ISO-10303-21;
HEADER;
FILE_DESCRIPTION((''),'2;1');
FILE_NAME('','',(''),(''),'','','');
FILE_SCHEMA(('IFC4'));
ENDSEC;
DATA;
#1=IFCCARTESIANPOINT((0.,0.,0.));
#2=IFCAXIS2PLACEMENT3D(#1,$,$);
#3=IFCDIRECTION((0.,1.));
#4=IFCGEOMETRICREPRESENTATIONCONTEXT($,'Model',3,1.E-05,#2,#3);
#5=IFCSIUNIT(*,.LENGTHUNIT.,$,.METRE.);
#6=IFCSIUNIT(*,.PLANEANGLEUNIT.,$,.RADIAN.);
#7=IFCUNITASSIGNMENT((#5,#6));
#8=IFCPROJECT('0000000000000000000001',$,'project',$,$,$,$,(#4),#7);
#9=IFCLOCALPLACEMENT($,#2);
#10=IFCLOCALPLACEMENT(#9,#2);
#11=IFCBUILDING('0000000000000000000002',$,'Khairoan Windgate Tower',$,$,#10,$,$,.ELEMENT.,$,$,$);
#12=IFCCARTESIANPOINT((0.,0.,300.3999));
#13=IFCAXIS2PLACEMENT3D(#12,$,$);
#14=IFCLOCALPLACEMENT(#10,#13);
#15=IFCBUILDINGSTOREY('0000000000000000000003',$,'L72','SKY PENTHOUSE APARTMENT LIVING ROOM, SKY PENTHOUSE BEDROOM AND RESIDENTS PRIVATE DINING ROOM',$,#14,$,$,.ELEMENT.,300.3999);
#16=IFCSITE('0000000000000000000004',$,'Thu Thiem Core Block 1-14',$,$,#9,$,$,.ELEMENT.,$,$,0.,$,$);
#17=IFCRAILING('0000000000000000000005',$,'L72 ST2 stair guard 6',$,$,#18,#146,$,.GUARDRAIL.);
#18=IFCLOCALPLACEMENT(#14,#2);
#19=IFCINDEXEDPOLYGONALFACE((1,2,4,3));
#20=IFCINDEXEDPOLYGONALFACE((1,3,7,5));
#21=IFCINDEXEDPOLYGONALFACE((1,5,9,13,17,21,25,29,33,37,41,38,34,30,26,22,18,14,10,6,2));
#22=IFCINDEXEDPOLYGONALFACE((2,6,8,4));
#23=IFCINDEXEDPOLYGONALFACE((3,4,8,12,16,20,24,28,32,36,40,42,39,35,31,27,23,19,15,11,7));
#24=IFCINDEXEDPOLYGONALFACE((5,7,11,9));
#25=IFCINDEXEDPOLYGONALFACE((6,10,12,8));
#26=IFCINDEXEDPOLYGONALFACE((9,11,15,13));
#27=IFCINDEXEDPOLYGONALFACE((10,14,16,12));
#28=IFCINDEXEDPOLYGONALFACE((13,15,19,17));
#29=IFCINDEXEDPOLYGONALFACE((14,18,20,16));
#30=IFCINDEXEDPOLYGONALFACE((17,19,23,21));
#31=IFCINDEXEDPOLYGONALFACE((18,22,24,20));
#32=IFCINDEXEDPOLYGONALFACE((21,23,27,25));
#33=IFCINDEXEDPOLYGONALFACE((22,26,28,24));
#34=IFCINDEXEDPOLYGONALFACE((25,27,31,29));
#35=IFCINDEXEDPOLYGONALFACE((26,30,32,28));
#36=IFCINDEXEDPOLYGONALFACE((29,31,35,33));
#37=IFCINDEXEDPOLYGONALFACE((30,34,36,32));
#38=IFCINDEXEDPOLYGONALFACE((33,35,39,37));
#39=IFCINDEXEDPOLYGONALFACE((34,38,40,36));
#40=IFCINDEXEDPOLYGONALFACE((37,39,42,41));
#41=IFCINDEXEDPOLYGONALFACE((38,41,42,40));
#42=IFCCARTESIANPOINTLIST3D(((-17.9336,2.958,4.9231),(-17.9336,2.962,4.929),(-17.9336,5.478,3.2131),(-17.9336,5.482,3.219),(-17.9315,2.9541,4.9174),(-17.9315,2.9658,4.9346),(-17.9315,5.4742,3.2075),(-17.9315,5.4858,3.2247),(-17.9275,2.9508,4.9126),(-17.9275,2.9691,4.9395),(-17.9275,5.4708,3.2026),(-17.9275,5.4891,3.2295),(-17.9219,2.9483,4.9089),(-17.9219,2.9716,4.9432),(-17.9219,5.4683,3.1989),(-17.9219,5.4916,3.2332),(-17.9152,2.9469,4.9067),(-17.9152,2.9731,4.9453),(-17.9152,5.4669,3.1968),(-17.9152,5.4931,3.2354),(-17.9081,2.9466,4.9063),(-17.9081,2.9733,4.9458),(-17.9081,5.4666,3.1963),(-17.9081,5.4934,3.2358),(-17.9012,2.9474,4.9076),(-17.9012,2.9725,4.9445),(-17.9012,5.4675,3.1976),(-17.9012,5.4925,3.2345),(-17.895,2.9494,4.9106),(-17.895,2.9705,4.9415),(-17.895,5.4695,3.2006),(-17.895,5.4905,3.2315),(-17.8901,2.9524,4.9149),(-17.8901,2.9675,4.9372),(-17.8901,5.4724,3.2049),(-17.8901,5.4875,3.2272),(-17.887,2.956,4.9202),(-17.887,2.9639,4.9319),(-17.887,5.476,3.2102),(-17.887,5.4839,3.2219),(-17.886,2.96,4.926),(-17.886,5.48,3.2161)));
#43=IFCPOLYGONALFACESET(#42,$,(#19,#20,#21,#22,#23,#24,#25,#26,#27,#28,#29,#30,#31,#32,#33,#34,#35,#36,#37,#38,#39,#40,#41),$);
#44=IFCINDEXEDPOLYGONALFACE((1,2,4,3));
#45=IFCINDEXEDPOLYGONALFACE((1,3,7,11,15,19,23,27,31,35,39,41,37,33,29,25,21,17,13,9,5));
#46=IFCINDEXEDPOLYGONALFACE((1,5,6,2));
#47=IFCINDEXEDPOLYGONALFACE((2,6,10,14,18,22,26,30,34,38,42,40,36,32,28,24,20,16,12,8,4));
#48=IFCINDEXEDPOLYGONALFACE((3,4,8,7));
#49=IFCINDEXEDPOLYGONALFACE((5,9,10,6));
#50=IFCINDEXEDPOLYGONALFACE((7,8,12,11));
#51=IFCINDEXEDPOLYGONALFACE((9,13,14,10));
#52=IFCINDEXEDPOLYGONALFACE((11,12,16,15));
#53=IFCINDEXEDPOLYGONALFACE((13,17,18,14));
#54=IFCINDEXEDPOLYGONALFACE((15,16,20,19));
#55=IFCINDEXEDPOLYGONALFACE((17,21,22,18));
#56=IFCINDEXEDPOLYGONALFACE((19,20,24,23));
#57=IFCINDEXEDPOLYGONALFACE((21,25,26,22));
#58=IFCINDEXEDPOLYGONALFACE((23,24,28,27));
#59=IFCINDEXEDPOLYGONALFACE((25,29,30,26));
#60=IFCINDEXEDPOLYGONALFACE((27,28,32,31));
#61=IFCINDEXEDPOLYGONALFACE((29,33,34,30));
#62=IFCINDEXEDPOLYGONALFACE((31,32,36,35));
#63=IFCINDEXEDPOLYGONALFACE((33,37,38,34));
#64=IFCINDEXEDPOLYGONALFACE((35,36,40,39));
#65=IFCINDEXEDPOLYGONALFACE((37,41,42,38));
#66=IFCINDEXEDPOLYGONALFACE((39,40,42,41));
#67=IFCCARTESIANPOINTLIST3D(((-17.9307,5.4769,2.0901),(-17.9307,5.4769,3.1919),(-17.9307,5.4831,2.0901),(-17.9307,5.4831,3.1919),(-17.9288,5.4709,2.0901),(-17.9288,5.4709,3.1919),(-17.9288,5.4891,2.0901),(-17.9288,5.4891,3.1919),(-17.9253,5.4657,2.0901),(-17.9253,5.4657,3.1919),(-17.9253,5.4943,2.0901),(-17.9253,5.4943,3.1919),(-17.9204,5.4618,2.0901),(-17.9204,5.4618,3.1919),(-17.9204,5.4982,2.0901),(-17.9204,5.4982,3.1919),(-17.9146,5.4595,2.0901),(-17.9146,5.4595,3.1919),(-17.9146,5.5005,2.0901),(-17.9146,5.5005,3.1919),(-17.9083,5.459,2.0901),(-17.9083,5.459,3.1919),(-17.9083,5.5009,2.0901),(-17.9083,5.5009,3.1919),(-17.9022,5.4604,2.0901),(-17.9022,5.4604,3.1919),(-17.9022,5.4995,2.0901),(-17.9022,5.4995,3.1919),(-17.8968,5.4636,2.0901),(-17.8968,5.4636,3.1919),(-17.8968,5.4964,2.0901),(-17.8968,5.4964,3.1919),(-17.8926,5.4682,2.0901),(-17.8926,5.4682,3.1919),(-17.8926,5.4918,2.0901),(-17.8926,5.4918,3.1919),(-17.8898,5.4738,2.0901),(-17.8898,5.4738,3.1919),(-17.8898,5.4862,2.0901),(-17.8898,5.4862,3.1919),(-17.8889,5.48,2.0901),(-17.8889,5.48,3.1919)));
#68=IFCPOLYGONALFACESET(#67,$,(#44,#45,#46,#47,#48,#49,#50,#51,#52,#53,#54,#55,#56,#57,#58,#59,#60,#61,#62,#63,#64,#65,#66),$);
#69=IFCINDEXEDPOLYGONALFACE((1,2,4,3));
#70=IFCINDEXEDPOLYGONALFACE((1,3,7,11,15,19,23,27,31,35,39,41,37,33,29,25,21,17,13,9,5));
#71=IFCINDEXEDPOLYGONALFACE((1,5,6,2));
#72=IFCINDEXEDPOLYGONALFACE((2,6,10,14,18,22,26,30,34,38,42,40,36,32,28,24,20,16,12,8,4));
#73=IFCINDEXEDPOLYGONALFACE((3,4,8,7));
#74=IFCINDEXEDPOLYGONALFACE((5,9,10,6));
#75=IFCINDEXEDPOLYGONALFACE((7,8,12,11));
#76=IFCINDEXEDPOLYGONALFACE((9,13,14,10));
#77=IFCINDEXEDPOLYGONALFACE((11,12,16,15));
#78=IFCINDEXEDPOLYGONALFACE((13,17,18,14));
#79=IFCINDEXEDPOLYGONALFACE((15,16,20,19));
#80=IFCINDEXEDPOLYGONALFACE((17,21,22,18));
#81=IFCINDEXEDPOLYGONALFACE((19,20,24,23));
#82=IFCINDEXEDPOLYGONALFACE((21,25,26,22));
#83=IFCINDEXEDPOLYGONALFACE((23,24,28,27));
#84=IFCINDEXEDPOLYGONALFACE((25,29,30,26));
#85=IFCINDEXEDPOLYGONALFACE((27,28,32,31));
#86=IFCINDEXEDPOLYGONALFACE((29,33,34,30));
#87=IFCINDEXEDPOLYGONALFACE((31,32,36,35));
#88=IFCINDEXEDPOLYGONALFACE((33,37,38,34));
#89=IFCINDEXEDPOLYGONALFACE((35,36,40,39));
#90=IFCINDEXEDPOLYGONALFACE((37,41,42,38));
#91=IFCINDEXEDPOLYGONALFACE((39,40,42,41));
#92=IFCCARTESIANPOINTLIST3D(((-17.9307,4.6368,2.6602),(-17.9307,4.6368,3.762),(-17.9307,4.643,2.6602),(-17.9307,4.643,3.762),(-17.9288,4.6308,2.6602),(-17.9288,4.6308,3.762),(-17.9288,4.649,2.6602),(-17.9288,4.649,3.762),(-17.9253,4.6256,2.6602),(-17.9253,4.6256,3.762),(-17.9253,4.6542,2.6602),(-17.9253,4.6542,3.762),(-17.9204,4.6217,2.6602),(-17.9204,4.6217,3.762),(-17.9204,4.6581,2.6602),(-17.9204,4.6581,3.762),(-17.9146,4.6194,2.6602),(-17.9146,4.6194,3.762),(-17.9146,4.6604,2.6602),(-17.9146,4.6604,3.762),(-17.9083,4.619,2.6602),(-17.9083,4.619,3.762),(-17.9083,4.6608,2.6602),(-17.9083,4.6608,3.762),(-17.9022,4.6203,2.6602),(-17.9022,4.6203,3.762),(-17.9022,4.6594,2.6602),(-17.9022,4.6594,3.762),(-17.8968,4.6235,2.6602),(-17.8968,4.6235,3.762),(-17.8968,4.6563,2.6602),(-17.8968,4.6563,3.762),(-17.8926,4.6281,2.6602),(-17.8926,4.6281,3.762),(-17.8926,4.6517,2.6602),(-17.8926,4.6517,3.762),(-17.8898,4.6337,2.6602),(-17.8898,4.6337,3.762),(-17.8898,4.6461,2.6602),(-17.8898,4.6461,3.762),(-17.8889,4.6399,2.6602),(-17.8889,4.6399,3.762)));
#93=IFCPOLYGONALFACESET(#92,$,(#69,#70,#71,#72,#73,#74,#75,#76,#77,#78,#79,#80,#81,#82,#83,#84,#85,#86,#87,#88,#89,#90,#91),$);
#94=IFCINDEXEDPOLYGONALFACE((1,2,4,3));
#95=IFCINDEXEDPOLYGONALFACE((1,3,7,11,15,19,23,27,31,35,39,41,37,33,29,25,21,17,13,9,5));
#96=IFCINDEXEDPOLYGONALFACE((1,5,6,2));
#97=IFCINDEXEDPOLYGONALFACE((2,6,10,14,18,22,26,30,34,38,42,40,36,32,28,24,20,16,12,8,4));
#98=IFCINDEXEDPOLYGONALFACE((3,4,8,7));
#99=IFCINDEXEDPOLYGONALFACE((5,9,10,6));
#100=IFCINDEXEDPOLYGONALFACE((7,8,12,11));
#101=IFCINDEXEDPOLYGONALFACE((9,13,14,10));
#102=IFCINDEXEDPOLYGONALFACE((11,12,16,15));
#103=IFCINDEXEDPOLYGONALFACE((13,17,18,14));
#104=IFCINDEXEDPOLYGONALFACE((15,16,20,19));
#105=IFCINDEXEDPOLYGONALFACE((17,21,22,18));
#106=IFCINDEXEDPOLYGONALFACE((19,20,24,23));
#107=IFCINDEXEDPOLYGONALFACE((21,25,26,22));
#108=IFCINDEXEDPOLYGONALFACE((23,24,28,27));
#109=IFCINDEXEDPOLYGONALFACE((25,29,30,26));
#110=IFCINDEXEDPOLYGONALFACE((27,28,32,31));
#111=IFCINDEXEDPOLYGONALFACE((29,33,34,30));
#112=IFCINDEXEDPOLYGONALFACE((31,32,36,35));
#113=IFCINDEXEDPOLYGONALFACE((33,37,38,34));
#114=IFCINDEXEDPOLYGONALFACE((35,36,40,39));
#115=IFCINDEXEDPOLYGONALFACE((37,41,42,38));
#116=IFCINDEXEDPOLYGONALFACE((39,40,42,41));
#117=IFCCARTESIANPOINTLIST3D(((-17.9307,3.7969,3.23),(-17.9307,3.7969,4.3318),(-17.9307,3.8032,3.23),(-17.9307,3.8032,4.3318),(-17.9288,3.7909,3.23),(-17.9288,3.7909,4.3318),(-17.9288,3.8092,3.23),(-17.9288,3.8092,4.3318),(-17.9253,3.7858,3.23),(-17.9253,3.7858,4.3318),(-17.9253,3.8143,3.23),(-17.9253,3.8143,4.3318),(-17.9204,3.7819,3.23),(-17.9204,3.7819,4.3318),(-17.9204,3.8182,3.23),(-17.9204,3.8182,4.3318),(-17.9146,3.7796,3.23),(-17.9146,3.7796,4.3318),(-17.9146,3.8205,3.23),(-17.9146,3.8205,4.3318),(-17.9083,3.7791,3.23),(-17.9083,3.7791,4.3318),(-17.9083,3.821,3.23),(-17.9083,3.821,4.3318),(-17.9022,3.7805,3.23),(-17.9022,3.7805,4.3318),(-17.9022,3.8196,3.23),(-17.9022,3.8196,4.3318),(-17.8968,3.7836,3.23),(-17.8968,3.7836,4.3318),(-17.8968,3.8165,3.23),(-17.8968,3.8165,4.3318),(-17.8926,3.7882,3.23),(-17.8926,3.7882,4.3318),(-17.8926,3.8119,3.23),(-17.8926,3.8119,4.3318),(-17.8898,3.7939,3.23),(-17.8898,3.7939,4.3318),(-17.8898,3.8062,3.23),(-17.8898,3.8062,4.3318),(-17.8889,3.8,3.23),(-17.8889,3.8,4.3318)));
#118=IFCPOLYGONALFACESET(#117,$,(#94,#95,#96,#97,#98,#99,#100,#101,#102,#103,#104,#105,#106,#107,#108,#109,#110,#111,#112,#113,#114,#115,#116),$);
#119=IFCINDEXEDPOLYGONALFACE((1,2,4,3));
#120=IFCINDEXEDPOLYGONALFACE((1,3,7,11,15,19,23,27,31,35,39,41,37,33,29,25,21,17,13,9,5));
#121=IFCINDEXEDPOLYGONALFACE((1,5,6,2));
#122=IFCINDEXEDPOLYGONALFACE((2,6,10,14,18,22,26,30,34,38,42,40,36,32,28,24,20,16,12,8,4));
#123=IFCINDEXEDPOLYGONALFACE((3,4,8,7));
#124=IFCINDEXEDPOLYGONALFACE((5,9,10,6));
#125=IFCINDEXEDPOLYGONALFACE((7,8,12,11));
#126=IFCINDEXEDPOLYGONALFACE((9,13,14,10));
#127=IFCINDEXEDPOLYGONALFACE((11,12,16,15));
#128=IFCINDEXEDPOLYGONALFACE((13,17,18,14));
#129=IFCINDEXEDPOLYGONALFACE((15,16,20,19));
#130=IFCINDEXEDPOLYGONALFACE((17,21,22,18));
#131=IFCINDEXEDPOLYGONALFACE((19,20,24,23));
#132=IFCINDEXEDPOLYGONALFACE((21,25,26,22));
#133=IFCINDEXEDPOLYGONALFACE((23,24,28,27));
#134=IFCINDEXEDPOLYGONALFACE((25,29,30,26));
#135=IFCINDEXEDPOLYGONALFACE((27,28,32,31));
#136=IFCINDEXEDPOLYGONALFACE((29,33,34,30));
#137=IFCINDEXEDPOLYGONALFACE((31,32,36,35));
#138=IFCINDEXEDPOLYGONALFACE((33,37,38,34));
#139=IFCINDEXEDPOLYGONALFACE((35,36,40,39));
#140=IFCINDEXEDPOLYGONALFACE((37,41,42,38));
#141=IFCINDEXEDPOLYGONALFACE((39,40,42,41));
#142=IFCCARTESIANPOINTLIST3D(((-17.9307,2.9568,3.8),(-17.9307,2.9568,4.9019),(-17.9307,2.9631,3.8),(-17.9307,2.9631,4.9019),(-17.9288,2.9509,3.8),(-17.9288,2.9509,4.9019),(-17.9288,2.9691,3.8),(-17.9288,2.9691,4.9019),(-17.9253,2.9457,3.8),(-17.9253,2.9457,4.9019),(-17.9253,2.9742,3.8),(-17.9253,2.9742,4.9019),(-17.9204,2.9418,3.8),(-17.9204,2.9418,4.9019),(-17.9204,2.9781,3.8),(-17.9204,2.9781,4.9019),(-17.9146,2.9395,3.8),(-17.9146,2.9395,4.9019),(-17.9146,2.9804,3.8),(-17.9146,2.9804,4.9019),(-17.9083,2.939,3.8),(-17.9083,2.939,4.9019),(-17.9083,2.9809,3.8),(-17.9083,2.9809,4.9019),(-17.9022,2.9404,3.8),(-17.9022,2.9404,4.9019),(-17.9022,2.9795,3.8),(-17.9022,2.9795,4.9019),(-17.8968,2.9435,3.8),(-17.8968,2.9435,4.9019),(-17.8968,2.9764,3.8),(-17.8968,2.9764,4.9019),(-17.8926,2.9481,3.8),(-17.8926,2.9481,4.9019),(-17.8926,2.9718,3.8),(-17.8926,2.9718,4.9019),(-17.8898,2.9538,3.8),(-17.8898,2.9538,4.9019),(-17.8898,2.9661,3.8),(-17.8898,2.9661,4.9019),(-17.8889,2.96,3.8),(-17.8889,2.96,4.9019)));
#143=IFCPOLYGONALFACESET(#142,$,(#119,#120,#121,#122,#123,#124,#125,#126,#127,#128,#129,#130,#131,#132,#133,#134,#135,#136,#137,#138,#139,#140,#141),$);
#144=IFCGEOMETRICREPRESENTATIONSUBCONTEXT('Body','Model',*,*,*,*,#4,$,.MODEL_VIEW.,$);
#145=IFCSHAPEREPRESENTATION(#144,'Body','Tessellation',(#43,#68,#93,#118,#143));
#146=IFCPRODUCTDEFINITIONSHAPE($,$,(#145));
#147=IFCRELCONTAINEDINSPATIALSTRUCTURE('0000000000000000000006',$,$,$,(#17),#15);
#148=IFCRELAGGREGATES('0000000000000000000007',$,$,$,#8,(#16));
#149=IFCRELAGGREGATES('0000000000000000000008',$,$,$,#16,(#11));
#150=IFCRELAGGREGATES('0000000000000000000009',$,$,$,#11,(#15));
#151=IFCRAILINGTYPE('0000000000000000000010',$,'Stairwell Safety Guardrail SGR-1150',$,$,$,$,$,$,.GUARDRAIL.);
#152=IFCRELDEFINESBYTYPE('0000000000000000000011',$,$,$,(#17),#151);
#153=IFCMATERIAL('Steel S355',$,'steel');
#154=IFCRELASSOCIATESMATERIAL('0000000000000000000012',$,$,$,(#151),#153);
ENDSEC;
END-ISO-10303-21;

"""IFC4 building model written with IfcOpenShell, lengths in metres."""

from ifc_helpers import new_model, si_unit, direction, frame, origin, origin_2d, place, context, subcontext, project, spatial, circle, extrude, material, type_object, element, save


model = new_model("IFC4")

# Units and contexts
model_context = context("Model", 3, precision=1e-05, world=origin(), true_north=direction((0.0, 1.0)))
body_context = subcontext(model_context, "Body", "Model", "MODEL_VIEW")
ifc_project = project(units=[si_unit("LENGTHUNIT", "METRE"), si_unit("PLANEANGLEUNIT", "RADIAN")], contexts=[model_context])

# Site, building, storey
site_placement = place(None, origin())
site = spatial("IfcSite", under=ifc_project, at=site_placement, Name="Thu Thiem Core Block 1-14", CompositionType="ELEMENT", RefElevation=0.0)
building_placement = place(site_placement, origin())
building = spatial("IfcBuilding", under=site, at=building_placement, Name="Khairoan Windgate Tower", CompositionType="ELEMENT")
storey_placement = place(building_placement, frame((0.0, 0.0, 300.3999)))
storey = spatial("IfcBuildingStorey", under=building, at=storey_placement, Name="L72", Description="SKY PENTHOUSE APARTMENT LIVING ROOM, SKY PENTHOUSE BEDROOM AND RESIDENTS PRIVATE DINING ROOM", CompositionType="ELEMENT", Elevation=300.3999)

# Railing
ifc_material_1 = material(Name="Steel S355", Category="steel")
railing_type_1 = type_object("IfcRailingType", Name="Stairwell Safety Guardrail SGR-1150", PredefinedType="GUARDRAIL", material=ifc_material_1)
railing_1_placement = place(storey_placement, frame((-17.9099, 5.48, 2.0901)))
element("IfcRailing", 1, at=railing_1_placement, inside=storey, type_object=railing_type_1, Name="L72 ST2 stair guard 6", PredefinedType="GUARDRAIL", context=body_context, shape_type="SweptSolid", body=[
    extrude(circle(Radius=0.0239, at=origin_2d()), frame((0.0, 0.0, 1.126), z_axis=(0.0, -0.827484, 0.56149), x_axis=(1.0, 0.0, 0.0)), (0.0, 0.0, 1.0), 3.0454),
    extrude(circle(Radius=0.021, at=origin_2d()), origin(), (0.0, 0.0, 1.0), 1.1018),
    extrude(circle(Radius=0.021, at=origin_2d()), frame((0.0, -0.8401, 0.5701)), (0.0, 0.0, 1.0), 1.1018),
    extrude(circle(Radius=0.021, at=origin_2d()), frame((0.0, -1.6799, 1.1399)), (0.0, 0.0, 1.0), 1.1018),
    extrude(circle(Radius=0.021, at=origin_2d()), frame((0.0, -2.52, 1.71)), (0.0, 0.0, 1.0), 1.1018),
])

save(model, "model.ifc")
